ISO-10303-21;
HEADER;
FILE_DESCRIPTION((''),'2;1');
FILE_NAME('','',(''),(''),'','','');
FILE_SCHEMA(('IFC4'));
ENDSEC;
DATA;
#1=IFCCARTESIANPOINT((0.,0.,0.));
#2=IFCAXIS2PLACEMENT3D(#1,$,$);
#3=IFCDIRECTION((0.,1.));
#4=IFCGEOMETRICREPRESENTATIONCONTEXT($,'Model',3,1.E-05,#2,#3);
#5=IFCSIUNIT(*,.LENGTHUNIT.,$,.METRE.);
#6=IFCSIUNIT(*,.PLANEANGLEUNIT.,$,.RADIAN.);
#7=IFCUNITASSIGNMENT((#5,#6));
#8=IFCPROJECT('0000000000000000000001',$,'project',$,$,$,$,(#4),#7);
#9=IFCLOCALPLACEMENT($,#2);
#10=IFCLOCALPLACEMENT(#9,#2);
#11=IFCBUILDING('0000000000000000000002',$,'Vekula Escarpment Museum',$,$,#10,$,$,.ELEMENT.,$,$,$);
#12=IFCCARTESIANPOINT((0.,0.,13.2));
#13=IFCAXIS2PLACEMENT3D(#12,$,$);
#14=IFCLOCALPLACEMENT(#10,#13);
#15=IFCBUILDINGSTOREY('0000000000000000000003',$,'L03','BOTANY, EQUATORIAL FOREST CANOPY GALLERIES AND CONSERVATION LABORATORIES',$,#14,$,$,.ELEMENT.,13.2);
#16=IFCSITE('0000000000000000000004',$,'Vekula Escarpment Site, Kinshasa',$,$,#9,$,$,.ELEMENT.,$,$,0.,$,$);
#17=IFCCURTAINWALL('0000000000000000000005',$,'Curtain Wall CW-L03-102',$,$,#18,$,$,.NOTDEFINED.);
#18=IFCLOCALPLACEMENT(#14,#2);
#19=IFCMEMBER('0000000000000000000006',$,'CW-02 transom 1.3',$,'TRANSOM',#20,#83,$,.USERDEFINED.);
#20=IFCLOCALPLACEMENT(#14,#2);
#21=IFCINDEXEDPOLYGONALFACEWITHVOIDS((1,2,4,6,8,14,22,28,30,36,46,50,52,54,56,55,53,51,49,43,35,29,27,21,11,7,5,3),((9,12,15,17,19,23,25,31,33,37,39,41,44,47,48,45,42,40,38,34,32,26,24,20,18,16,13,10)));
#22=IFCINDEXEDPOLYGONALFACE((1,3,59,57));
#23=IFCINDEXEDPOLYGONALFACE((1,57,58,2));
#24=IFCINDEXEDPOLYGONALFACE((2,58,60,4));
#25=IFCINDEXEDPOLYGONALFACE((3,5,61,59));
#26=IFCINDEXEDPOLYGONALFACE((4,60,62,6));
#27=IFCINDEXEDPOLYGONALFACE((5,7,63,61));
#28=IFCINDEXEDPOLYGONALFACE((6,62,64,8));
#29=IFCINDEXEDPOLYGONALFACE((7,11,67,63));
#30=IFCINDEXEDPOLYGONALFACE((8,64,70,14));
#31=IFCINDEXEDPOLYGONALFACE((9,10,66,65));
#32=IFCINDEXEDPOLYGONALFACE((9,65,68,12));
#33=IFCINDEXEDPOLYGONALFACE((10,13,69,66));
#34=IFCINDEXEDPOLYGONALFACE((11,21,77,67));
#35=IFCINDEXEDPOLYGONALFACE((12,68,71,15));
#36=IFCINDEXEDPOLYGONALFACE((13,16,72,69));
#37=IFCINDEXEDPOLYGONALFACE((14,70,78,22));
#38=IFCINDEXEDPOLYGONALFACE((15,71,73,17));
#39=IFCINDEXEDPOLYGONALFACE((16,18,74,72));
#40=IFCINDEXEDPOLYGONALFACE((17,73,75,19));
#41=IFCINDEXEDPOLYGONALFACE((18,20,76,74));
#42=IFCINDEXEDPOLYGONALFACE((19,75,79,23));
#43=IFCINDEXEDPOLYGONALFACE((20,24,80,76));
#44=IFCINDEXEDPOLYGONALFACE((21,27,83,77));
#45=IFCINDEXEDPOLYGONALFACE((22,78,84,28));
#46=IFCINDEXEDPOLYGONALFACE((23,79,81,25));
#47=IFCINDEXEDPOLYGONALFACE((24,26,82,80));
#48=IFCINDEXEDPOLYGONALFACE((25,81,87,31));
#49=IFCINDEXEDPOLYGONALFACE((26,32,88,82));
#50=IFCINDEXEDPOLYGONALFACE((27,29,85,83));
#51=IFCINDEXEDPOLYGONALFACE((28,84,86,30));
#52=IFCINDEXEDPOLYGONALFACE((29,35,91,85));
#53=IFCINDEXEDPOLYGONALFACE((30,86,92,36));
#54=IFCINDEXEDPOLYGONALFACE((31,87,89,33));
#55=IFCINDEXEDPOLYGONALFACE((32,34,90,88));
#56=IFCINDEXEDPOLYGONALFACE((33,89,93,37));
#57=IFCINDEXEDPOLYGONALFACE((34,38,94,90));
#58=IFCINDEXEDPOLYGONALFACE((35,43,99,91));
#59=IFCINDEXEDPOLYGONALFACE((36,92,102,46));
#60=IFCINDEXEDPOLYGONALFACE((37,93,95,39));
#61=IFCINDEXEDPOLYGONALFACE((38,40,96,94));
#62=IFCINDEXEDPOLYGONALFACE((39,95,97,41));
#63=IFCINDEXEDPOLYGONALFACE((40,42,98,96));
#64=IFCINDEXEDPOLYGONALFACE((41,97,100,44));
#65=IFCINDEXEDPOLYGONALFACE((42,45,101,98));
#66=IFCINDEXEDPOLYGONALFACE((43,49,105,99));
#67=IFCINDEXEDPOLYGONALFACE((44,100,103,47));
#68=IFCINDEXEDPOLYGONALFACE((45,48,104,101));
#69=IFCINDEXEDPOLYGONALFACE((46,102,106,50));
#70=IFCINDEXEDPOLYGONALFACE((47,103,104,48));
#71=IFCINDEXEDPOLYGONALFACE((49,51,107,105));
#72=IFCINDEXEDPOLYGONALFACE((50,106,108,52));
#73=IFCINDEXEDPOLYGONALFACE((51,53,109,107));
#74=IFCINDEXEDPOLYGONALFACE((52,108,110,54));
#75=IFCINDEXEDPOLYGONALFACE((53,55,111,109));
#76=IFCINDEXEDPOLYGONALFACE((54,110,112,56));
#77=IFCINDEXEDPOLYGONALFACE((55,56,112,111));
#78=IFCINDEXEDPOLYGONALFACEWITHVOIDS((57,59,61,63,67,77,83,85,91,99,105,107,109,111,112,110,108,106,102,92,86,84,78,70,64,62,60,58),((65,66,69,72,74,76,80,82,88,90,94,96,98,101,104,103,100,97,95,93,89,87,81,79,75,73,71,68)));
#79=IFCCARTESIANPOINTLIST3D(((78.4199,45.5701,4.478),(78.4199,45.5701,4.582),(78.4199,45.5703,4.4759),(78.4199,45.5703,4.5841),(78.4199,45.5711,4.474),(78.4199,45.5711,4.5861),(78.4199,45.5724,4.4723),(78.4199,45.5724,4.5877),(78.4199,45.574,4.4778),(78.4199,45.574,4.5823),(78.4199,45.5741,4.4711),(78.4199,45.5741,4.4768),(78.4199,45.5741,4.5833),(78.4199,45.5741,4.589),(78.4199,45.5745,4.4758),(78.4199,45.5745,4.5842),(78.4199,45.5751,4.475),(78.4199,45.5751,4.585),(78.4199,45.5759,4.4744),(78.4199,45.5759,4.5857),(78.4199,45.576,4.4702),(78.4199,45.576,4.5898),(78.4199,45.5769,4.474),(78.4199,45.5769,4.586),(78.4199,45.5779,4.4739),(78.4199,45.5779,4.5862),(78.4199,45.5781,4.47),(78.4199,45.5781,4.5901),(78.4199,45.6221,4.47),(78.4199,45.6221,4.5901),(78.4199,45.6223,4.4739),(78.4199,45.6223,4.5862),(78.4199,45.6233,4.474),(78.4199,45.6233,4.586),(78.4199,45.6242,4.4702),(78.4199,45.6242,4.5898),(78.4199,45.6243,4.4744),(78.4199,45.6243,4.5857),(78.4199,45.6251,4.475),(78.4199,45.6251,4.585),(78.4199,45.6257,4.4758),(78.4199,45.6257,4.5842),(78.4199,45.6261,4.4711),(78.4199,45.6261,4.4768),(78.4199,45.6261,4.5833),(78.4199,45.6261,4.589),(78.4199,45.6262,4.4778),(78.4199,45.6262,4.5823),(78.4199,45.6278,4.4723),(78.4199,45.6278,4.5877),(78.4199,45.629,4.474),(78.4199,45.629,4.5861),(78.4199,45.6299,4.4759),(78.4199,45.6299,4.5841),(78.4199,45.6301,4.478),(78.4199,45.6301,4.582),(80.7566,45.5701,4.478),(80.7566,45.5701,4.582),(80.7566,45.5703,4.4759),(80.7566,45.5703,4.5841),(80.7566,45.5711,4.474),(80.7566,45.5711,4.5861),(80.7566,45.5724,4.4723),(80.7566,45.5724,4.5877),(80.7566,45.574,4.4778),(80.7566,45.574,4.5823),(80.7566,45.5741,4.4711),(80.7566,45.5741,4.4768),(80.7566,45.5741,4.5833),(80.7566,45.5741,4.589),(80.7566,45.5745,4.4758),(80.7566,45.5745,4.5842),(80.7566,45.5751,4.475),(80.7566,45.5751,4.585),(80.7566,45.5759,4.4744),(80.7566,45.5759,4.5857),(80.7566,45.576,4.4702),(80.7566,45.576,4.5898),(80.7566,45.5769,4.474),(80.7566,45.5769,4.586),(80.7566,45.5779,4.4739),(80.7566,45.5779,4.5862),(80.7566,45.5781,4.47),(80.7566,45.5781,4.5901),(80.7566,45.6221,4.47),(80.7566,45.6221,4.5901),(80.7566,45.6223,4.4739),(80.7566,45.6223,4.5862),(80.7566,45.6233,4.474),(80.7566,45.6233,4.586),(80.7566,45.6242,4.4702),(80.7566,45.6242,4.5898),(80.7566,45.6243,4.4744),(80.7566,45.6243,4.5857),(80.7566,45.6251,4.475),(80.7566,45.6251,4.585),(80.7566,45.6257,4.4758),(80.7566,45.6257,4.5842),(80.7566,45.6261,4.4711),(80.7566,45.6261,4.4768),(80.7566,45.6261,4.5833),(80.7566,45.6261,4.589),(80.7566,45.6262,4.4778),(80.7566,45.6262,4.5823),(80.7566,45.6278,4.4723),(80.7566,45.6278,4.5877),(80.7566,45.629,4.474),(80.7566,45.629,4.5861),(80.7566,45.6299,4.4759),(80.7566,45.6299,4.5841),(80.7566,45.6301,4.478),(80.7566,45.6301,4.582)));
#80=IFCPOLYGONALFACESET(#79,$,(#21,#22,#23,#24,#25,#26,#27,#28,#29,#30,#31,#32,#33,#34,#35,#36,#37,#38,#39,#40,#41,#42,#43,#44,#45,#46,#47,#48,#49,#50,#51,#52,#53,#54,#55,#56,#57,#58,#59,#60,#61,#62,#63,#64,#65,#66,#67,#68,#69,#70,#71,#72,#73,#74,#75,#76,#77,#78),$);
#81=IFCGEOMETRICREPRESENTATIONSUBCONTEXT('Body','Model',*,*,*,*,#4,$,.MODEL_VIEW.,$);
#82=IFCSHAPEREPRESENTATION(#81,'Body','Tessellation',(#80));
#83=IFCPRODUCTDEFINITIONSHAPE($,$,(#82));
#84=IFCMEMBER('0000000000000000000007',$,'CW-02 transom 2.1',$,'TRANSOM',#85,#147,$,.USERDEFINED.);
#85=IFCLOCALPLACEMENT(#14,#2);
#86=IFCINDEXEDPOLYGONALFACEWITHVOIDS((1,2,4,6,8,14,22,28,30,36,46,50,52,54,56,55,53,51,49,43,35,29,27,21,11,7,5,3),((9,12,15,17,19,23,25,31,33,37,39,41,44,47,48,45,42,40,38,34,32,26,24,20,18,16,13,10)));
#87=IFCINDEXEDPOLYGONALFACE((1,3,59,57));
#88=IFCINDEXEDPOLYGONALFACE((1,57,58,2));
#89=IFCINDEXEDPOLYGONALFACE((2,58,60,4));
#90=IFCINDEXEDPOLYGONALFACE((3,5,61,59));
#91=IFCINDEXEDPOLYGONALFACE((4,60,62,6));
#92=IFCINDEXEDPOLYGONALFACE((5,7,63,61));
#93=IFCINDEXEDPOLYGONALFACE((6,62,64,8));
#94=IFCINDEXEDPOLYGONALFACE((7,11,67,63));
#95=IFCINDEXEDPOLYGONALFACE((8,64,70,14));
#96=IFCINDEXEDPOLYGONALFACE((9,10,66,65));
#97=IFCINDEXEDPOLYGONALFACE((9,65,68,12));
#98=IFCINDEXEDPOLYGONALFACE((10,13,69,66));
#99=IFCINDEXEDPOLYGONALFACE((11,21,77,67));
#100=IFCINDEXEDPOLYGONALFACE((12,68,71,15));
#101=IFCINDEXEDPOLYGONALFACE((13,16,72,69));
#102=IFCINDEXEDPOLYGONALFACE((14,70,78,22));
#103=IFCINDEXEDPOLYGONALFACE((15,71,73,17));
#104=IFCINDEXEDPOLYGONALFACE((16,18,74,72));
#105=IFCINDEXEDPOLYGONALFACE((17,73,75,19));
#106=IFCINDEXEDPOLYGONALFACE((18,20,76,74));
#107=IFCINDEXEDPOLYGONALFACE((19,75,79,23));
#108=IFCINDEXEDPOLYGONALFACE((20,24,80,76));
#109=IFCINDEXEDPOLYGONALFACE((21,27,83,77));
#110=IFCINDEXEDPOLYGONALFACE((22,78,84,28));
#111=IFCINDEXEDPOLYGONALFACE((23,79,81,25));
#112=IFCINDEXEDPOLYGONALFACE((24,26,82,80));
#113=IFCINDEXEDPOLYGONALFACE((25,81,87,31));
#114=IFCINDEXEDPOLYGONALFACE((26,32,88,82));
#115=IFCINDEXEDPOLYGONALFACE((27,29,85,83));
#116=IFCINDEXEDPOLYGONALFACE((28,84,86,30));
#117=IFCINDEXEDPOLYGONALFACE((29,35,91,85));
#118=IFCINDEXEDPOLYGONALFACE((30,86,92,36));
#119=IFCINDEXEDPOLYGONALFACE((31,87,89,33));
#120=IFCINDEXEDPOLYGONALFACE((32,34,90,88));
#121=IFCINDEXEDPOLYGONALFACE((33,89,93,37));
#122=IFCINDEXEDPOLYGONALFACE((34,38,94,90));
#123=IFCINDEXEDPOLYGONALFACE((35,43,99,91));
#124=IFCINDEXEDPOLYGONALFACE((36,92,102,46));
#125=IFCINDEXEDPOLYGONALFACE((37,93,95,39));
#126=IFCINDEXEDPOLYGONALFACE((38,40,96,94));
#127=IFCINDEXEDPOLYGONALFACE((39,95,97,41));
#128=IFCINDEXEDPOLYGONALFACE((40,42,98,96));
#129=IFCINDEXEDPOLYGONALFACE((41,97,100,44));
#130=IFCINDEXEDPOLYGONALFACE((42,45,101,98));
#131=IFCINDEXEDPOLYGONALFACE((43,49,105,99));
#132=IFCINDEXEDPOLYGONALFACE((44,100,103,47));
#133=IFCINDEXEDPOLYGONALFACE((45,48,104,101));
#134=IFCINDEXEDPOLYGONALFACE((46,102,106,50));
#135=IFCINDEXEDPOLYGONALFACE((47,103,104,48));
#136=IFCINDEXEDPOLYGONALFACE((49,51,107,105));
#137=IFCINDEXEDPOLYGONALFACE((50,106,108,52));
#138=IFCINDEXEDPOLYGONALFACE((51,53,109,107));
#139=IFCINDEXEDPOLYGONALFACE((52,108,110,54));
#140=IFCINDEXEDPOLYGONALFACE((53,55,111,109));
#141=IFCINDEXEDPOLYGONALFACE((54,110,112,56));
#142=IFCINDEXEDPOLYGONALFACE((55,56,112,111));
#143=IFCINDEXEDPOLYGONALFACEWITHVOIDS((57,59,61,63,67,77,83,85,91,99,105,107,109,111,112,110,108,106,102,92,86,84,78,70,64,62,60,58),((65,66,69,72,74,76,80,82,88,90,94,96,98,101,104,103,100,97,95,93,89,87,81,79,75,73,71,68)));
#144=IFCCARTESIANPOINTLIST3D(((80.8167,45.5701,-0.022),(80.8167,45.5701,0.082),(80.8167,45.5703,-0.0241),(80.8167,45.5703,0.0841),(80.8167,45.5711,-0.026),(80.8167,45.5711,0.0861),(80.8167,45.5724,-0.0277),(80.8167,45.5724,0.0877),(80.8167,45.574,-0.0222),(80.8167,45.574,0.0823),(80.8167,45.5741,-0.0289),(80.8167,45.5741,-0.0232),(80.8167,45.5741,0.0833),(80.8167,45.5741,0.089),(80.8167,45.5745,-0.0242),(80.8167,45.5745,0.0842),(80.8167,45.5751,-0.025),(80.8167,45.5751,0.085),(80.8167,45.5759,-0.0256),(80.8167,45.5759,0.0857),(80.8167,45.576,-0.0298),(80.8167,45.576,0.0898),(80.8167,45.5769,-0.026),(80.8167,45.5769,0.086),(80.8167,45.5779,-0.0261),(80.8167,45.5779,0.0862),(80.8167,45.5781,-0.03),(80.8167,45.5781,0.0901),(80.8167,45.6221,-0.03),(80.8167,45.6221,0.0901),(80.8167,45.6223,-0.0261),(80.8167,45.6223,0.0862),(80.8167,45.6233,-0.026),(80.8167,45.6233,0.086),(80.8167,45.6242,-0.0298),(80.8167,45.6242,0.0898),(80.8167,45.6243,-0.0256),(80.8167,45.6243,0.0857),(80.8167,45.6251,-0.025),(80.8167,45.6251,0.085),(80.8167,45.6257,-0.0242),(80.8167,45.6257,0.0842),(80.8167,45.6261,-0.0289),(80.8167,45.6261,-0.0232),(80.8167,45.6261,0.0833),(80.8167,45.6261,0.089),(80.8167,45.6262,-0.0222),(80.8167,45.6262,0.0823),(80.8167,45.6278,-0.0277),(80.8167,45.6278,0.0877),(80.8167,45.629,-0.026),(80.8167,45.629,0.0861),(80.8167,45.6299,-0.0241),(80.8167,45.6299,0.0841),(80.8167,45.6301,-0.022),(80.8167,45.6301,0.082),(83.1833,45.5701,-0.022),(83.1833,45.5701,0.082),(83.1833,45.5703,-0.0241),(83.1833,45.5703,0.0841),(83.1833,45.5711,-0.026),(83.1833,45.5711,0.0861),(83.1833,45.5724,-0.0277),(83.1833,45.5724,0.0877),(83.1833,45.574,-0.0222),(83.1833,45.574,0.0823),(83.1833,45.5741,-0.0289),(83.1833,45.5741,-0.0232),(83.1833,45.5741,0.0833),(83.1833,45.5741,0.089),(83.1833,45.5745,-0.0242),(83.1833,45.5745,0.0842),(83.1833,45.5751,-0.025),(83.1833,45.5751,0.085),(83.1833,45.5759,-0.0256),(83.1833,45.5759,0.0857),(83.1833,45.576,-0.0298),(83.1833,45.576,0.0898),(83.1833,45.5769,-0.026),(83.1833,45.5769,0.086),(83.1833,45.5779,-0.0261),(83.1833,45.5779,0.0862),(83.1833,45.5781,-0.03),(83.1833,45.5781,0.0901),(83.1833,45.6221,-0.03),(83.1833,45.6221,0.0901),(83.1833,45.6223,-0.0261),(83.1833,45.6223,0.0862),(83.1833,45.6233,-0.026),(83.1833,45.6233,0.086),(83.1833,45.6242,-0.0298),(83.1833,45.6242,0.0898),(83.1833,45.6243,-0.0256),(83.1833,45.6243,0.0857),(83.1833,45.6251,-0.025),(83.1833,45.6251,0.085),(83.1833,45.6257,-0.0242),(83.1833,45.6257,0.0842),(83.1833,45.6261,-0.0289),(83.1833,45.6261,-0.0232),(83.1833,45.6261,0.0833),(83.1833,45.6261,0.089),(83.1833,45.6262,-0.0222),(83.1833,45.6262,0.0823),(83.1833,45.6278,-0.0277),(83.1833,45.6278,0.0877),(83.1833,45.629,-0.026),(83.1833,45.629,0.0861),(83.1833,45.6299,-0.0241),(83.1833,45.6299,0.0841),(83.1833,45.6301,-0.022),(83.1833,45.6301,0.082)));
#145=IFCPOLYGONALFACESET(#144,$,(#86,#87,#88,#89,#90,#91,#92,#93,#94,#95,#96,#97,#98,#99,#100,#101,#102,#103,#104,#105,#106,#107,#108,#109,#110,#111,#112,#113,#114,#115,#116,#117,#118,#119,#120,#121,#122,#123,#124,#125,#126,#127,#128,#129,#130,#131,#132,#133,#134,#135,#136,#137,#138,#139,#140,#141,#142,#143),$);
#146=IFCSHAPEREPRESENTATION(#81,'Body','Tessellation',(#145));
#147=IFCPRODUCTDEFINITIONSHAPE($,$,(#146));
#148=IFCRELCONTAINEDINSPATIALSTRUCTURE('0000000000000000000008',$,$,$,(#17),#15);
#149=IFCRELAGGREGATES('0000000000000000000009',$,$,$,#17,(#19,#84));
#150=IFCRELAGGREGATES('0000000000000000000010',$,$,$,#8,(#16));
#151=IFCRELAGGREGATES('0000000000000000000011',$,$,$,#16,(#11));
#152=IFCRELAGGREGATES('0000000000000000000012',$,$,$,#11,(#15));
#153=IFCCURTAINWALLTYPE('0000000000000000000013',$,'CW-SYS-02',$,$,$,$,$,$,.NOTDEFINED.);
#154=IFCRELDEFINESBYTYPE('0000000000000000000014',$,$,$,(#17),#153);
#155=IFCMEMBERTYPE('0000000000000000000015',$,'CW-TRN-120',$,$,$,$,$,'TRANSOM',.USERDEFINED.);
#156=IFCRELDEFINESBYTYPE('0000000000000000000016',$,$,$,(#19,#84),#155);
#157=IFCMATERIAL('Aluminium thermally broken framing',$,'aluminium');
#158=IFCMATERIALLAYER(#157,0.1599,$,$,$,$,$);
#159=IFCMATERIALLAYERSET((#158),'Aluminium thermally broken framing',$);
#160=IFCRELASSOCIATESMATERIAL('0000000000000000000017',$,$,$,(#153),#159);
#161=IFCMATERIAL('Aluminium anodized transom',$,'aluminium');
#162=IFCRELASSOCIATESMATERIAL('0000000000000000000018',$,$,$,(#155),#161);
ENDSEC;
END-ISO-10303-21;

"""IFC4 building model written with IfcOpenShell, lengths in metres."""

from ifc_helpers import new_model, si_unit, direction, frame, origin, origin_2d, place, context, subcontext, project, spatial, hollow_rectangle, extrude, material, layer, layer_set, material_profile, profile_set, type_object, element, aggregate, save


model = new_model("IFC4")

# Units and contexts
model_context = context("Model", 3, precision=1e-05, world=origin(), true_north=direction((0.0, 1.0)))
body_context = subcontext(model_context, "Body", "Model", "MODEL_VIEW")
ifc_project = project(units=[si_unit("LENGTHUNIT", "METRE"), si_unit("PLANEANGLEUNIT", "RADIAN")], contexts=[model_context])

# Site, building, storey
site_placement = place(None, origin())
site = spatial("IfcSite", under=ifc_project, at=site_placement, Name="Vekula Escarpment Site, Kinshasa", CompositionType="ELEMENT", RefElevation=0.0)
building_placement = place(site_placement, origin())
building = spatial("IfcBuilding", under=site, at=building_placement, Name="Vekula Escarpment Museum", CompositionType="ELEMENT")
storey_placement = place(building_placement, frame((0.0, 0.0, 13.2)))
storey = spatial("IfcBuildingStorey", under=building, at=storey_placement, Name="L03", Description="BOTANY, EQUATORIAL FOREST CANOPY GALLERIES AND CONSERVATION LABORATORIES", CompositionType="ELEMENT", Elevation=13.2)

# Curtain wall
ifc_material_1 = material(Name="Aluminium thermally broken framing", Category="aluminium")
ifc_layer_1 = layer(ifc_material_1, 0.1599)
ifc_layer_set_1 = layer_set([ifc_layer_1], Name="Aluminium thermally broken framing")
curtain_wall_type_1 = type_object("IfcCurtainWallType", Name="CW-SYS-02", PredefinedType="NOTDEFINED", material=ifc_layer_set_1)
curtain_wall_1_placement = place(storey_placement, origin())
curtain_wall_1 = element("IfcCurtainWall", 1, at=curtain_wall_1_placement, inside=storey, type_object=curtain_wall_type_1, Name="Curtain Wall CW-L03-102", PredefinedType="NOTDEFINED")

# Members
ifc_material_2 = material(Name="Aluminium anodized transom", Category="aluminium")
ifc_material_profile_1 = material_profile(ifc_material_2, hollow_rectangle(XDim=0.0601, YDim=0.1201, WallThickness=0.0039, InnerFilletRadius=0.0039, OuterFilletRadius=0.0081, at=origin_2d()), Name="ALU 120x60x4")
ifc_profile_set_1 = profile_set([ifc_material_profile_1], Name="Aluminium anodized transom")
member_type_1 = type_object("IfcMemberType", Name="CW-TRN-120", ElementType="TRANSOM", PredefinedType="USERDEFINED", material=ifc_profile_set_1)
member_1_placement = place(storey_placement, frame((78.4199, 45.6001, 4.53), z_axis=(1.0, 0.0, 0.0), x_axis=(0.0, 1.0, 0.0)))
member_1 = element("IfcMember", 2, at=member_1_placement, type_object=member_type_1, Name="CW-02 transom 1.3", ObjectType="TRANSOM", PredefinedType="USERDEFINED", context=body_context, shape_type="SweptSolid", body=[
    extrude(hollow_rectangle(XDim=0.0601, YDim=0.1201, WallThickness=0.0039, InnerFilletRadius=0.0039, OuterFilletRadius=0.0081, at=origin_2d()), origin(), (0.0, 0.0, 1.0), 2.3367),
])
member_2_placement = place(storey_placement, frame((80.8167, 45.6001, 0.03), z_axis=(1.0, 0.0, 0.0), x_axis=(0.0, 1.0, 0.0)))
member_2 = element("IfcMember", 3, at=member_2_placement, type_object=member_type_1, Name="CW-02 transom 2.1", ObjectType="TRANSOM", PredefinedType="USERDEFINED", context=body_context, shape_type="SweptSolid", body=[
    extrude(hollow_rectangle(XDim=0.0601, YDim=0.1201, WallThickness=0.0039, InnerFilletRadius=0.0039, OuterFilletRadius=0.0081, at=origin_2d()), origin(), (0.0, 0.0, 1.0), 2.3667),
])

aggregate(curtain_wall_1, [member_1, member_2])

save(model, "model.ifc")
